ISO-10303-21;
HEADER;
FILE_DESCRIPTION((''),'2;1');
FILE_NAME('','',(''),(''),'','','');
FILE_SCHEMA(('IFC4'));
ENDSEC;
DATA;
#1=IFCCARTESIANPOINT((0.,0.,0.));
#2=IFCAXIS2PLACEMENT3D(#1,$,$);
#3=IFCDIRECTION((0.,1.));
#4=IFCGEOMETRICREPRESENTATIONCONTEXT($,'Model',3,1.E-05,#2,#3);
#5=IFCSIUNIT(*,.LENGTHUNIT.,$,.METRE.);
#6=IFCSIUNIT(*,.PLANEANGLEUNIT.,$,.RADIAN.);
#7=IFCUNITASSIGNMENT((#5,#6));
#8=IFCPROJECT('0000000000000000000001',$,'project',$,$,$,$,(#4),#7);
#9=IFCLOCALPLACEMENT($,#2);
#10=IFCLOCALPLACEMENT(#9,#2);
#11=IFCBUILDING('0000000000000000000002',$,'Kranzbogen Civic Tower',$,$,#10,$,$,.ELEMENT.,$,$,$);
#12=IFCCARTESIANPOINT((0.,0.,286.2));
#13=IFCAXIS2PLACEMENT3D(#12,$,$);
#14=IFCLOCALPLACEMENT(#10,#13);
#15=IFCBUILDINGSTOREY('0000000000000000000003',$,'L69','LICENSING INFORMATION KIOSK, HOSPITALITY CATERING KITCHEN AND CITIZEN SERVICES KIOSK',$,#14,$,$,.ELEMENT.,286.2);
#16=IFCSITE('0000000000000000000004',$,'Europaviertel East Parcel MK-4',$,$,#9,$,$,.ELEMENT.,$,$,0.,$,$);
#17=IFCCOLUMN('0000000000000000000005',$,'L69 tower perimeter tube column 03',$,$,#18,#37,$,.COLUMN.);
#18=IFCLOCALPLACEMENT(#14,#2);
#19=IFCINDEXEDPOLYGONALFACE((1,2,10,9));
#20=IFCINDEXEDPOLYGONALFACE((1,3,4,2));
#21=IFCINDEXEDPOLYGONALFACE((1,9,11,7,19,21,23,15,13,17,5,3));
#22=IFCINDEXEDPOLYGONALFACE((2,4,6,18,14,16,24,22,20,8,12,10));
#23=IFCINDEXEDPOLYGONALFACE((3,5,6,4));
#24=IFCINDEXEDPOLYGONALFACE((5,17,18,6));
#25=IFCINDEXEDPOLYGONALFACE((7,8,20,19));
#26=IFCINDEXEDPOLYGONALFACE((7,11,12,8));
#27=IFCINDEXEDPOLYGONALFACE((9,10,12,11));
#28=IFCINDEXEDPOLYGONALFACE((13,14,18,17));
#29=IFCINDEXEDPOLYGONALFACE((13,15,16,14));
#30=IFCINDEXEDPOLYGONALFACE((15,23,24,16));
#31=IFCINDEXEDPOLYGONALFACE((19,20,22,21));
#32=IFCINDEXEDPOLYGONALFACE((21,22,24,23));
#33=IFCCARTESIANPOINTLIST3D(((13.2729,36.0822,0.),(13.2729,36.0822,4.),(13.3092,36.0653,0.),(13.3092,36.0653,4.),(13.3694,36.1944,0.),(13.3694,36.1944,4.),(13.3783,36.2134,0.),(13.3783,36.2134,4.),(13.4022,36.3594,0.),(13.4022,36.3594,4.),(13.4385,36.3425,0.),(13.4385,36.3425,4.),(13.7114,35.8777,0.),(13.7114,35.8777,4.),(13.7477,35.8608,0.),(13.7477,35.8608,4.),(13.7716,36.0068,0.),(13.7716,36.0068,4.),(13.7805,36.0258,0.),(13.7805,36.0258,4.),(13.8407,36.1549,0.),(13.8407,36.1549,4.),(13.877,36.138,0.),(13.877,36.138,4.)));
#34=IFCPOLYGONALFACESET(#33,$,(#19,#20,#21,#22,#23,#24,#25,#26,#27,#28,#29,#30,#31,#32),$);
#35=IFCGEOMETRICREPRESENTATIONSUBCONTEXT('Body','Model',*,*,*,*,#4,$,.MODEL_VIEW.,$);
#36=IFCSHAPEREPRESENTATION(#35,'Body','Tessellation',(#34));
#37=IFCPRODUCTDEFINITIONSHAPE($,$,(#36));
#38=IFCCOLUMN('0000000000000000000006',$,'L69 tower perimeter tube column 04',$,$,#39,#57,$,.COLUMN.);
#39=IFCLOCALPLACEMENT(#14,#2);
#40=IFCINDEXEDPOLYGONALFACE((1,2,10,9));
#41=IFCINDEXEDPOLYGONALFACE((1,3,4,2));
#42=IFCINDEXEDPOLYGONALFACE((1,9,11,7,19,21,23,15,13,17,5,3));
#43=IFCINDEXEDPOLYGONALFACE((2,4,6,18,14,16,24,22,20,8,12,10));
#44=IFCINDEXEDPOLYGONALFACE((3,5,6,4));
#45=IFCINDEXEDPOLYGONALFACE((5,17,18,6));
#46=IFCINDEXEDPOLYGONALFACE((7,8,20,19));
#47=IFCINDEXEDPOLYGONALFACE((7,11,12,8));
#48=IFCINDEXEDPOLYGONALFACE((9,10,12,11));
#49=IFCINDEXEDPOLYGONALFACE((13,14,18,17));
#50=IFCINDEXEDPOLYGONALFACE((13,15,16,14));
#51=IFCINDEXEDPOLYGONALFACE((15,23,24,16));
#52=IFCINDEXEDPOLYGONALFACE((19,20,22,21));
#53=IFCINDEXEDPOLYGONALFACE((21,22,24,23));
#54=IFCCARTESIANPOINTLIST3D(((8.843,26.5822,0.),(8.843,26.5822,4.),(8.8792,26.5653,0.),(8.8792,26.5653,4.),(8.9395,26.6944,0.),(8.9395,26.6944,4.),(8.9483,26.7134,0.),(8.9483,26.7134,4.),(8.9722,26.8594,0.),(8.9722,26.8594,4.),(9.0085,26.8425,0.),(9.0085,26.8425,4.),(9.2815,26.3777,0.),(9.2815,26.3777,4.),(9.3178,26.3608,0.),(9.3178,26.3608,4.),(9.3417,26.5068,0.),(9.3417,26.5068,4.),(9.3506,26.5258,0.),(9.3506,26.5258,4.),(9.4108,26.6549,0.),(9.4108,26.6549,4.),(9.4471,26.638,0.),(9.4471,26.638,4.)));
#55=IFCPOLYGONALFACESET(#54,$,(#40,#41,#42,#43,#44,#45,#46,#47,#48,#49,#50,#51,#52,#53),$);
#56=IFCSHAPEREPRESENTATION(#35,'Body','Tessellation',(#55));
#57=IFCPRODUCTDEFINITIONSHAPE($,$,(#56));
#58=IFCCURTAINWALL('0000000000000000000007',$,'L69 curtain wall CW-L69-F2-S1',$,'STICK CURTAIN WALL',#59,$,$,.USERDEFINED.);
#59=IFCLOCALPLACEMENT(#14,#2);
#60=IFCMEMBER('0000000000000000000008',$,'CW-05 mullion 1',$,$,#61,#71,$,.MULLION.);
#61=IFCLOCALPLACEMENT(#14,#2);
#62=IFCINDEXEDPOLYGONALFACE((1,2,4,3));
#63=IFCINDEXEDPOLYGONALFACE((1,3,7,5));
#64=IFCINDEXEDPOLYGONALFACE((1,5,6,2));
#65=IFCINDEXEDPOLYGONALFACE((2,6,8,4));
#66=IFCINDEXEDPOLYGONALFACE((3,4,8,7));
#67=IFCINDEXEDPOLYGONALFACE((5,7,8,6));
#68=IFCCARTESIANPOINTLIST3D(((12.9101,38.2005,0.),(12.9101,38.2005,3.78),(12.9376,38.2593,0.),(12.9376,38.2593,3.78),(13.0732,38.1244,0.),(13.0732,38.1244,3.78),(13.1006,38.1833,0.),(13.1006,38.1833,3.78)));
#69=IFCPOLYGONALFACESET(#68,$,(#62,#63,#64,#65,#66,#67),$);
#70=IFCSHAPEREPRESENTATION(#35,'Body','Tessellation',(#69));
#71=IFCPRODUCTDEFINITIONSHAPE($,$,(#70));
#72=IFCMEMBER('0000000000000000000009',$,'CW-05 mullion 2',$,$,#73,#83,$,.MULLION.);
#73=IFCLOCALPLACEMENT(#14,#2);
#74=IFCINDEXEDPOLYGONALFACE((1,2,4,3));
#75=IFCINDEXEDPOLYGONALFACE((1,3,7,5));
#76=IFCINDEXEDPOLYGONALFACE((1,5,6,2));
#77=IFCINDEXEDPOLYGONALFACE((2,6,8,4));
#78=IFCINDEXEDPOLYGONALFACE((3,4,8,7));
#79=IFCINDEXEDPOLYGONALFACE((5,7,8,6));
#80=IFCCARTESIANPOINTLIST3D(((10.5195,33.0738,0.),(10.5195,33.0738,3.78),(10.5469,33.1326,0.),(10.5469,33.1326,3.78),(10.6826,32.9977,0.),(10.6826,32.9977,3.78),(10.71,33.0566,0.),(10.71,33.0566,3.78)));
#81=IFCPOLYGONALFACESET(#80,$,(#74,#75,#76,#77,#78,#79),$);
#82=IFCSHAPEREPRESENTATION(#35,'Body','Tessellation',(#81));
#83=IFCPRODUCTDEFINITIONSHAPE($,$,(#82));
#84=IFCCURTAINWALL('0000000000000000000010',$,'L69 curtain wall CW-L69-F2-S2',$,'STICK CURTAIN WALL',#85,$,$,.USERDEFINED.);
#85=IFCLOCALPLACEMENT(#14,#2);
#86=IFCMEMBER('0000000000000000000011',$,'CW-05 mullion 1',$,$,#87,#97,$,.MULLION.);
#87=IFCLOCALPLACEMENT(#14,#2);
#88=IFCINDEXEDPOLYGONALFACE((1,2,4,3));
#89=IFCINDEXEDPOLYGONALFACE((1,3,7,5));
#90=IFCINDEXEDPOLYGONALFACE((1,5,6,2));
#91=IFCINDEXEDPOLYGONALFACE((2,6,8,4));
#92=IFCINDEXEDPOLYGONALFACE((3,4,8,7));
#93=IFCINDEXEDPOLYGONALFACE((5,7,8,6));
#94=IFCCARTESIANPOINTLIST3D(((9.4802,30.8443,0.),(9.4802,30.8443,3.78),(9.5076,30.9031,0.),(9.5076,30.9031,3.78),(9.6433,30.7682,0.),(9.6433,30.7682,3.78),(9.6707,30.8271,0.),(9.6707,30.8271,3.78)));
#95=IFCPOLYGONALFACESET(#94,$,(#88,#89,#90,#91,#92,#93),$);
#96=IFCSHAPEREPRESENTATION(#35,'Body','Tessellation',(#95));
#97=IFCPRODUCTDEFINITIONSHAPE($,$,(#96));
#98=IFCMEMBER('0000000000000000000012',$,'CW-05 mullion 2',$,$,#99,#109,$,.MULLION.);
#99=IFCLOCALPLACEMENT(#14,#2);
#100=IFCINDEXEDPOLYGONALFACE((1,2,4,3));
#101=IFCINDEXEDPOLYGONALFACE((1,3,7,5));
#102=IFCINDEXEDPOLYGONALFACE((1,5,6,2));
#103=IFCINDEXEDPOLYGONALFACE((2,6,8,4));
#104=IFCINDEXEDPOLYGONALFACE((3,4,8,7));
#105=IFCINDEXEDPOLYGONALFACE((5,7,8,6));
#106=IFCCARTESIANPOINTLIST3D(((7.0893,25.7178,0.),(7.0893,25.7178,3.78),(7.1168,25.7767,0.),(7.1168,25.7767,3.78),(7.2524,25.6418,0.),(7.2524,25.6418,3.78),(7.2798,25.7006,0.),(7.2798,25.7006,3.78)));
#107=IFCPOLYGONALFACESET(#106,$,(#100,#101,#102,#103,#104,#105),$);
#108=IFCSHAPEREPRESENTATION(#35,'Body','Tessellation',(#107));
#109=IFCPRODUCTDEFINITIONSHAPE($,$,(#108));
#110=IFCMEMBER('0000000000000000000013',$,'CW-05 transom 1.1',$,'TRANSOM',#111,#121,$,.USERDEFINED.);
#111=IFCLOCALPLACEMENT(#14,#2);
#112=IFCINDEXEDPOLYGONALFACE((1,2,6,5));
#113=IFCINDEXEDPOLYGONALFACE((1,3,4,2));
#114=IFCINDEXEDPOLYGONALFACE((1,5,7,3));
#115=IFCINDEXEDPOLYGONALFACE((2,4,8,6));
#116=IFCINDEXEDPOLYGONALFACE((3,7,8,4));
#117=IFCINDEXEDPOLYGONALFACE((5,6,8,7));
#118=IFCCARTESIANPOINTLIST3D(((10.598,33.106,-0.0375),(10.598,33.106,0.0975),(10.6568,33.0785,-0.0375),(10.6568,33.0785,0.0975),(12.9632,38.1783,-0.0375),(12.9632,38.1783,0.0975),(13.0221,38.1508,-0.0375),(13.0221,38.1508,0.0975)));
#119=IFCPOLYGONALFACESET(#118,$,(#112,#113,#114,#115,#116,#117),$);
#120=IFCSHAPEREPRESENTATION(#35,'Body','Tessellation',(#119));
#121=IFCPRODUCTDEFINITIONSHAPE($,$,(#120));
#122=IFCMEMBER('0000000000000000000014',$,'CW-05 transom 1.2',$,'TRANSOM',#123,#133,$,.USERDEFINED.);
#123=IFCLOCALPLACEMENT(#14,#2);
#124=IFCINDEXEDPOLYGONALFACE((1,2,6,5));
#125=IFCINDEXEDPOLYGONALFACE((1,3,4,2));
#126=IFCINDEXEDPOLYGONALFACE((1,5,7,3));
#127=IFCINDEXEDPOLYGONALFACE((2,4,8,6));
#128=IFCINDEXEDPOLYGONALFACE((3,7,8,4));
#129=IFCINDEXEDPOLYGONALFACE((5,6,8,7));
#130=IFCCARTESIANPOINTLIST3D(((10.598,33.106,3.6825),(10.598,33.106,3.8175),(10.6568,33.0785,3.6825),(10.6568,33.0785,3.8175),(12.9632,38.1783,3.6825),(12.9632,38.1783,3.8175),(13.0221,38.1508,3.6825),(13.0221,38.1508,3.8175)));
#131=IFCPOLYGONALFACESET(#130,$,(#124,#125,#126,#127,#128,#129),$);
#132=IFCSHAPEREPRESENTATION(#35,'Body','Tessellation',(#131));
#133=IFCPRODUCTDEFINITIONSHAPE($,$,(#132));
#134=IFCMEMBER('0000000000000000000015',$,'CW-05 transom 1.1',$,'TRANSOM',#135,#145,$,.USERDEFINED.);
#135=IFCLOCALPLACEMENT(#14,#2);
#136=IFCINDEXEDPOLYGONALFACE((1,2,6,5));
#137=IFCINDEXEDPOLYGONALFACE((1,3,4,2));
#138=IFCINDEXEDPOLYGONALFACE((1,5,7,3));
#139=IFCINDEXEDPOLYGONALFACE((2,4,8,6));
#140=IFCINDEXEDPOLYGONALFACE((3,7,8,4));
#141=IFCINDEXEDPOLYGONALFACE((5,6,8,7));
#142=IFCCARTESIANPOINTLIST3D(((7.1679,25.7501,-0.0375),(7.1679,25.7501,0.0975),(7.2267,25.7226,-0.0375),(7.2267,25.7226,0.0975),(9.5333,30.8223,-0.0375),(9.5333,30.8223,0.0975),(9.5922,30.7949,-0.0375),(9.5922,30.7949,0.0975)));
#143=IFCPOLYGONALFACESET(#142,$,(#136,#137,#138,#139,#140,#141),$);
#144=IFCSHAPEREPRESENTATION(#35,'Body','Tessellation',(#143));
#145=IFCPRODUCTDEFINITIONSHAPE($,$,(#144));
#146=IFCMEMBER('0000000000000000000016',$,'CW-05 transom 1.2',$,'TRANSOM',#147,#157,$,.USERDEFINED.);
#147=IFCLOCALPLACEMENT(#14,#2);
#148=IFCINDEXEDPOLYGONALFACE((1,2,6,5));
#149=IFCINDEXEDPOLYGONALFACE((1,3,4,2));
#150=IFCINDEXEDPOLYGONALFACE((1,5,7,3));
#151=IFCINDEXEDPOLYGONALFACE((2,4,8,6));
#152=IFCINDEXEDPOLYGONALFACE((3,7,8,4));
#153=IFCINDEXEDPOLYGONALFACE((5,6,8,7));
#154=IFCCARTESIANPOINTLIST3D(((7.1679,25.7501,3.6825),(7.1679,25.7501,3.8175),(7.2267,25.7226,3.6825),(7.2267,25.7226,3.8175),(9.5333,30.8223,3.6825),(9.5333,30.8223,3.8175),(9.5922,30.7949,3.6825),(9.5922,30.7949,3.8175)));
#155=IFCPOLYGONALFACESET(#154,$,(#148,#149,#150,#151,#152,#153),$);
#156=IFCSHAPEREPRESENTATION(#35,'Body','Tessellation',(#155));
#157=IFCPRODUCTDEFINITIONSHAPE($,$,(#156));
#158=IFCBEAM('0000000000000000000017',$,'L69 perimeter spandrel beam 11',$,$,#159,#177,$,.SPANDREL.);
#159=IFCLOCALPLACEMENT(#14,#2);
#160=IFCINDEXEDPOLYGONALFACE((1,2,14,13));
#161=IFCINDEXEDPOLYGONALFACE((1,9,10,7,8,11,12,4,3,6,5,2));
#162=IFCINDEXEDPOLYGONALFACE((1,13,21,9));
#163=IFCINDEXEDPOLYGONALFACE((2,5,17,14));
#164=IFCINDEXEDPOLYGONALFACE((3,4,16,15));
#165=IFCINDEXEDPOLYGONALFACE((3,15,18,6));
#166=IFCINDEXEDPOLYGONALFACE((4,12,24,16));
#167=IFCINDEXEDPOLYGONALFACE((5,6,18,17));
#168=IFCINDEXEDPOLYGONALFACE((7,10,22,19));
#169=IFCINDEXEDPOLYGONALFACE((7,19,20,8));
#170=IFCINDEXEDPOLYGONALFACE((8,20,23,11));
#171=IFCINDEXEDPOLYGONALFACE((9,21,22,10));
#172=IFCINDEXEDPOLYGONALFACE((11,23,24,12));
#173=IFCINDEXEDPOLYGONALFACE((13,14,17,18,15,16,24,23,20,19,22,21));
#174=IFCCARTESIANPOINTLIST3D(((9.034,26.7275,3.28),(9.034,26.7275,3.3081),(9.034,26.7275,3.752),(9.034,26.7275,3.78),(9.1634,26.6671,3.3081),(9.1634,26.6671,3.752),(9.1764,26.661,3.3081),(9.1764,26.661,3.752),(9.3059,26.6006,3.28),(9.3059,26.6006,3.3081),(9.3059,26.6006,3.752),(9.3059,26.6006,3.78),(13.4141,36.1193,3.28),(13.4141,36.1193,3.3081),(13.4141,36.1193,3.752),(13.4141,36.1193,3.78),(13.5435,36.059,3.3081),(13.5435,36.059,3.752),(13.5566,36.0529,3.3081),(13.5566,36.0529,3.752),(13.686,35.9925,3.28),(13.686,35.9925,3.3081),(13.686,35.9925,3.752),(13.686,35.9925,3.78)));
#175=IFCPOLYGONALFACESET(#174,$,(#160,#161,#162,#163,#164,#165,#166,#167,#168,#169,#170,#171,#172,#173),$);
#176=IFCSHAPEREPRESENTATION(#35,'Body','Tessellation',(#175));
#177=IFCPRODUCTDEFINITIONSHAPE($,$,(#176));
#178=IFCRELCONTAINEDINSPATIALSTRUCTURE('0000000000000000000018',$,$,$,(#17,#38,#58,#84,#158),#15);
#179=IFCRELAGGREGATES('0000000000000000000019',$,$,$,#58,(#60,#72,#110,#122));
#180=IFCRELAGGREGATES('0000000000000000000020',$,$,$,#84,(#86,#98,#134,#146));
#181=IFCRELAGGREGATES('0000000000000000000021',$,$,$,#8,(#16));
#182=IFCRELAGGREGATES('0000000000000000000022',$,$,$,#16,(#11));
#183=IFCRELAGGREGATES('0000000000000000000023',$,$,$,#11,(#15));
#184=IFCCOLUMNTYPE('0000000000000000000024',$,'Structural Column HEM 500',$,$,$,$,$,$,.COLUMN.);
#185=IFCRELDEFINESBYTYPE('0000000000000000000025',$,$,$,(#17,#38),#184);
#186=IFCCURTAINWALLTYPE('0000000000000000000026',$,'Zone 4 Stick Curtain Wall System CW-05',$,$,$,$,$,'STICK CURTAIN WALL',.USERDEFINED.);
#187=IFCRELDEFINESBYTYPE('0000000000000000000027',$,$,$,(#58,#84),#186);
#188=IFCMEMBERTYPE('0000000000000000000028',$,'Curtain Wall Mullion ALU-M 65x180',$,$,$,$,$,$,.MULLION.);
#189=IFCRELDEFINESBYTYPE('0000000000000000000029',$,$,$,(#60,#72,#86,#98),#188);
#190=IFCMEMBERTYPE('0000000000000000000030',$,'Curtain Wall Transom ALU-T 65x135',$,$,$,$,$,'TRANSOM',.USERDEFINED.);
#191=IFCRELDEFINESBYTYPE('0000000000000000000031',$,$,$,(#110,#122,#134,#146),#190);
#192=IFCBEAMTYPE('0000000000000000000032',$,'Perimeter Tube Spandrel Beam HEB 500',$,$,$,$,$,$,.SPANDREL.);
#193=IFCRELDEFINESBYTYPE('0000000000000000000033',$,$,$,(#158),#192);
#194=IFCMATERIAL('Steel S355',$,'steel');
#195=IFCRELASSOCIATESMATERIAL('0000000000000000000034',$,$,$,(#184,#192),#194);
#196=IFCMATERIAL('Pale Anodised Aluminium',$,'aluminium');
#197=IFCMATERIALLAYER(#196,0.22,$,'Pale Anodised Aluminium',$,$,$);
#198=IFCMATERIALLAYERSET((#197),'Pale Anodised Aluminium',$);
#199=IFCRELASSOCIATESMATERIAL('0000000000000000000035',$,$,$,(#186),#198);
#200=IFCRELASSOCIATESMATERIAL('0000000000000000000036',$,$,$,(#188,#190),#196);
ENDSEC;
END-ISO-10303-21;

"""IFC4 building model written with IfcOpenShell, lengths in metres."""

from ifc_helpers import new_model, si_unit, direction, frame, origin, origin_2d, place, context, subcontext, project, spatial, rectangle, i_section, extrude, material, layer, layer_set, material_profile, profile_set, type_object, element, aggregate, save


model = new_model("IFC4")

# Units and contexts
model_context = context("Model", 3, precision=1e-05, world=origin(), true_north=direction((0.0, 1.0)))
body_context = subcontext(model_context, "Body", "Model", "MODEL_VIEW")
ifc_project = project(units=[si_unit("LENGTHUNIT", "METRE"), si_unit("PLANEANGLEUNIT", "RADIAN")], contexts=[model_context])

# Site, building, storey
site_placement = place(None, origin())
site = spatial("IfcSite", under=ifc_project, at=site_placement, Name="Europaviertel East Parcel MK-4", CompositionType="ELEMENT", RefElevation=0.0)
building_placement = place(site_placement, origin())
building = spatial("IfcBuilding", under=site, at=building_placement, Name="Kranzbogen Civic Tower", CompositionType="ELEMENT")
storey_placement = place(building_placement, frame((0.0, 0.0, 286.2)))
storey = spatial("IfcBuildingStorey", under=building, at=storey_placement, Name="L69", Description="LICENSING INFORMATION KIOSK, HOSPITALITY CATERING KITCHEN AND CITIZEN SERVICES KIOSK", CompositionType="ELEMENT", Elevation=286.2)

# Columns
ifc_material_1 = material(Name="Steel S355", Category="steel")
ifc_material_profile_1 = material_profile(ifc_material_1, i_section(OverallWidth=0.3059, OverallDepth=0.5239, WebThickness=0.021, FlangeThickness=0.04, at=origin_2d()), Name="HEM 500")
ifc_profile_set_1 = profile_set([ifc_material_profile_1], Name="Steel S355")
column_type = type_object("IfcColumnType", Name="Structural Column HEM 500", PredefinedType="COLUMN", material=ifc_profile_set_1)
for number, where, z_axis, x_axis, name in (
    (1, (13.575, 36.1101, 0.0), (0.0, 0.0, 1.0), (0.422618, 0.906308, 0.0), "L69 tower perimeter tube column 03"),
    (2, (9.145, 26.6101, 0.0), (0.0, 0.0, 1.0), (0.422618, 0.906308, 0.0), "L69 tower perimeter tube column 04"),
):
    element("IfcColumn", number, at=place(storey_placement, frame(where, z_axis=z_axis, x_axis=x_axis)), inside=storey, type_object=column_type, Name=name, PredefinedType="COLUMN", context=body_context, shape_type="SweptSolid", body=[
        extrude(i_section(OverallWidth=0.3059, OverallDepth=0.5239, WebThickness=0.021, FlangeThickness=0.04, at=origin_2d()), origin(), (0.0, 0.0, 1.0), 4.0),
    ])

# Curtain walls, members
ifc_material_2 = material(Name="Pale Anodised Aluminium", Category="aluminium")
ifc_layer_1 = layer(ifc_material_2, 0.22, Name="Pale Anodised Aluminium")
ifc_layer_set_1 = layer_set([ifc_layer_1], Name="Pale Anodised Aluminium")
curtain_wall_type = type_object("IfcCurtainWallType", Name="Zone 4 Stick Curtain Wall System CW-05", ElementType="STICK CURTAIN WALL", PredefinedType="USERDEFINED", material=ifc_layer_set_1)
curtain_wall_1_placement = place(storey_placement, origin())
curtain_wall_1 = element("IfcCurtainWall", 3, at=curtain_wall_1_placement, inside=storey, type_object=curtain_wall_type, Name="L69 curtain wall CW-L69-F2-S1", ObjectType="STICK CURTAIN WALL", PredefinedType="USERDEFINED")
ifc_material_profile_2 = material_profile(ifc_material_2, rectangle(XDim=0.0649, YDim=0.1799, at=origin_2d()), Name="ALU-M 65x180")
ifc_profile_set_2 = profile_set([ifc_material_profile_2], Name="Pale Anodised Aluminium")
member_type_1 = type_object("IfcMemberType", Name="Curtain Wall Mullion ALU-M 65x180", PredefinedType="MULLION", material=ifc_profile_set_2)
member_1_placement = place(storey_placement, frame((13.0054, 38.1919, 0.0), z_axis=(0.0, 0.0, 1.0), x_axis=(-0.422627, -0.906304, 0.0)))
member_1 = element("IfcMember", 4, at=member_1_placement, type_object=member_type_1, Name="CW-05 mullion 1", PredefinedType="MULLION", context=body_context, shape_type="SweptSolid", body=[
    extrude(rectangle(XDim=0.0649, YDim=0.1799, at=origin_2d()), origin(), (0.0, 0.0, 1.0), 3.78),
])
member_2_placement = place(storey_placement, frame((10.6147, 33.0652, 0.0), z_axis=(0.0, 0.0, 1.0), x_axis=(-0.422627, -0.906304, 0.0)))
member_2 = element("IfcMember", 5, at=member_2_placement, type_object=member_type_1, Name="CW-05 mullion 2", PredefinedType="MULLION", context=body_context, shape_type="SweptSolid", body=[
    extrude(rectangle(XDim=0.0649, YDim=0.1799, at=origin_2d()), origin(), (0.0, 0.0, 1.0), 3.78),
])
curtain_wall_2_placement = place(storey_placement, origin())
curtain_wall_2 = element("IfcCurtainWall", 6, at=curtain_wall_2_placement, inside=storey, type_object=curtain_wall_type, Name="L69 curtain wall CW-L69-F2-S2", ObjectType="STICK CURTAIN WALL", PredefinedType="USERDEFINED")
member_3_placement = place(storey_placement, frame((9.5754, 30.8357, 0.0), z_axis=(0.0, 0.0, 1.0), x_axis=(-0.422627, -0.906304, 0.0)))
member_3 = element("IfcMember", 7, at=member_3_placement, type_object=member_type_1, Name="CW-05 mullion 1", PredefinedType="MULLION", context=body_context, shape_type="SweptSolid", body=[
    extrude(rectangle(XDim=0.0649, YDim=0.1799, at=origin_2d()), origin(), (0.0, 0.0, 1.0), 3.78),
])
member_4_placement = place(storey_placement, frame((7.1846, 25.7092, 0.0), z_axis=(0.0, 0.0, 1.0), x_axis=(-0.422627, -0.906304, 0.0)))
member_4 = element("IfcMember", 8, at=member_4_placement, type_object=member_type_1, Name="CW-05 mullion 2", PredefinedType="MULLION", context=body_context, shape_type="SweptSolid", body=[
    extrude(rectangle(XDim=0.0649, YDim=0.1799, at=origin_2d()), origin(), (0.0, 0.0, 1.0), 3.78),
])

# Members
ifc_material_profile_3 = material_profile(ifc_material_2, rectangle(XDim=0.0649, YDim=0.135, at=origin_2d()), Name="ALU-T 65x135")
ifc_profile_set_3 = profile_set([ifc_material_profile_3], Name="Pale Anodised Aluminium")
member_type_2 = type_object("IfcMemberType", Name="Curtain Wall Transom ALU-T 65x135", ElementType="TRANSOM", PredefinedType="USERDEFINED", material=ifc_profile_set_3)
member_5_placement = place(storey_placement, frame((12.9927, 38.1646, 0.03), z_axis=(-0.422618, -0.906308, 0.0), x_axis=(0.906308, -0.422618, 0.0)))
member_5 = element("IfcMember", 9, at=member_5_placement, type_object=member_type_2, Name="CW-05 transom 1.1", ObjectType="TRANSOM", PredefinedType="USERDEFINED", context=body_context, shape_type="SweptSolid", body=[
    extrude(rectangle(XDim=0.0649, YDim=0.135, at=origin_2d()), origin(), (0.0, 0.0, 1.0), 5.5967),
])
member_6_placement = place(storey_placement, frame((12.9927, 38.1646, 3.75), z_axis=(-0.422618, -0.906308, 0.0), x_axis=(0.906308, -0.422618, 0.0)))
member_6 = element("IfcMember", 10, at=member_6_placement, type_object=member_type_2, Name="CW-05 transom 1.2", ObjectType="TRANSOM", PredefinedType="USERDEFINED", context=body_context, shape_type="SweptSolid", body=[
    extrude(rectangle(XDim=0.0649, YDim=0.135, at=origin_2d()), origin(), (0.0, 0.0, 1.0), 5.5967),
])
member_7_placement = place(storey_placement, frame((9.5627, 30.8086, 0.03), z_axis=(-0.422654, -0.906291, 0.0), x_axis=(0.906291, -0.422654, 0.0)))
member_7 = element("IfcMember", 11, at=member_7_placement, type_object=member_type_2, Name="CW-05 transom 1.1", ObjectType="TRANSOM", PredefinedType="USERDEFINED", context=body_context, shape_type="SweptSolid", body=[
    extrude(rectangle(XDim=0.0649, YDim=0.135, at=origin_2d()), origin(), (0.0, 0.0, 1.0), 5.5967),
])
member_8_placement = place(storey_placement, frame((9.5627, 30.8086, 3.75), z_axis=(-0.422654, -0.906291, 0.0), x_axis=(0.906291, -0.422654, 0.0)))
member_8 = element("IfcMember", 12, at=member_8_placement, type_object=member_type_2, Name="CW-05 transom 1.2", ObjectType="TRANSOM", PredefinedType="USERDEFINED", context=body_context, shape_type="SweptSolid", body=[
    extrude(rectangle(XDim=0.0649, YDim=0.135, at=origin_2d()), origin(), (0.0, 0.0, 1.0), 5.5967),
])

# Beam
ifc_material_profile_4 = material_profile(ifc_material_1, i_section(OverallWidth=0.3, OverallDepth=0.5, WebThickness=0.0144, FlangeThickness=0.0281, at=origin_2d()), Name="HEB 500")
ifc_profile_set_4 = profile_set([ifc_material_profile_4], Name="Steel S355")
beam_type_1 = type_object("IfcBeamType", Name="Perimeter Tube Spandrel Beam HEB 500", PredefinedType="SPANDREL", material=ifc_profile_set_4)
beam_1_placement = place(storey_placement, frame((13.55, 36.0559, 3.53), z_axis=(-0.422669, -0.906284, 0.0), x_axis=(0.906284, -0.422669, 0.0)))
element("IfcBeam", 13, at=beam_1_placement, inside=storey, type_object=beam_type_1, Name="L69 perimeter spandrel beam 11", PredefinedType="SPANDREL", context=body_context, shape_type="SweptSolid", body=[
    extrude(i_section(OverallWidth=0.3, OverallDepth=0.5, WebThickness=0.0144, FlangeThickness=0.0281, at=origin_2d()), origin(), (0.0, 0.0, 1.0), 10.363),
])

aggregate(curtain_wall_1, [member_1, member_2, member_5, member_6])
aggregate(curtain_wall_2, [member_3, member_4, member_7, member_8])

save(model, "model.ifc")
